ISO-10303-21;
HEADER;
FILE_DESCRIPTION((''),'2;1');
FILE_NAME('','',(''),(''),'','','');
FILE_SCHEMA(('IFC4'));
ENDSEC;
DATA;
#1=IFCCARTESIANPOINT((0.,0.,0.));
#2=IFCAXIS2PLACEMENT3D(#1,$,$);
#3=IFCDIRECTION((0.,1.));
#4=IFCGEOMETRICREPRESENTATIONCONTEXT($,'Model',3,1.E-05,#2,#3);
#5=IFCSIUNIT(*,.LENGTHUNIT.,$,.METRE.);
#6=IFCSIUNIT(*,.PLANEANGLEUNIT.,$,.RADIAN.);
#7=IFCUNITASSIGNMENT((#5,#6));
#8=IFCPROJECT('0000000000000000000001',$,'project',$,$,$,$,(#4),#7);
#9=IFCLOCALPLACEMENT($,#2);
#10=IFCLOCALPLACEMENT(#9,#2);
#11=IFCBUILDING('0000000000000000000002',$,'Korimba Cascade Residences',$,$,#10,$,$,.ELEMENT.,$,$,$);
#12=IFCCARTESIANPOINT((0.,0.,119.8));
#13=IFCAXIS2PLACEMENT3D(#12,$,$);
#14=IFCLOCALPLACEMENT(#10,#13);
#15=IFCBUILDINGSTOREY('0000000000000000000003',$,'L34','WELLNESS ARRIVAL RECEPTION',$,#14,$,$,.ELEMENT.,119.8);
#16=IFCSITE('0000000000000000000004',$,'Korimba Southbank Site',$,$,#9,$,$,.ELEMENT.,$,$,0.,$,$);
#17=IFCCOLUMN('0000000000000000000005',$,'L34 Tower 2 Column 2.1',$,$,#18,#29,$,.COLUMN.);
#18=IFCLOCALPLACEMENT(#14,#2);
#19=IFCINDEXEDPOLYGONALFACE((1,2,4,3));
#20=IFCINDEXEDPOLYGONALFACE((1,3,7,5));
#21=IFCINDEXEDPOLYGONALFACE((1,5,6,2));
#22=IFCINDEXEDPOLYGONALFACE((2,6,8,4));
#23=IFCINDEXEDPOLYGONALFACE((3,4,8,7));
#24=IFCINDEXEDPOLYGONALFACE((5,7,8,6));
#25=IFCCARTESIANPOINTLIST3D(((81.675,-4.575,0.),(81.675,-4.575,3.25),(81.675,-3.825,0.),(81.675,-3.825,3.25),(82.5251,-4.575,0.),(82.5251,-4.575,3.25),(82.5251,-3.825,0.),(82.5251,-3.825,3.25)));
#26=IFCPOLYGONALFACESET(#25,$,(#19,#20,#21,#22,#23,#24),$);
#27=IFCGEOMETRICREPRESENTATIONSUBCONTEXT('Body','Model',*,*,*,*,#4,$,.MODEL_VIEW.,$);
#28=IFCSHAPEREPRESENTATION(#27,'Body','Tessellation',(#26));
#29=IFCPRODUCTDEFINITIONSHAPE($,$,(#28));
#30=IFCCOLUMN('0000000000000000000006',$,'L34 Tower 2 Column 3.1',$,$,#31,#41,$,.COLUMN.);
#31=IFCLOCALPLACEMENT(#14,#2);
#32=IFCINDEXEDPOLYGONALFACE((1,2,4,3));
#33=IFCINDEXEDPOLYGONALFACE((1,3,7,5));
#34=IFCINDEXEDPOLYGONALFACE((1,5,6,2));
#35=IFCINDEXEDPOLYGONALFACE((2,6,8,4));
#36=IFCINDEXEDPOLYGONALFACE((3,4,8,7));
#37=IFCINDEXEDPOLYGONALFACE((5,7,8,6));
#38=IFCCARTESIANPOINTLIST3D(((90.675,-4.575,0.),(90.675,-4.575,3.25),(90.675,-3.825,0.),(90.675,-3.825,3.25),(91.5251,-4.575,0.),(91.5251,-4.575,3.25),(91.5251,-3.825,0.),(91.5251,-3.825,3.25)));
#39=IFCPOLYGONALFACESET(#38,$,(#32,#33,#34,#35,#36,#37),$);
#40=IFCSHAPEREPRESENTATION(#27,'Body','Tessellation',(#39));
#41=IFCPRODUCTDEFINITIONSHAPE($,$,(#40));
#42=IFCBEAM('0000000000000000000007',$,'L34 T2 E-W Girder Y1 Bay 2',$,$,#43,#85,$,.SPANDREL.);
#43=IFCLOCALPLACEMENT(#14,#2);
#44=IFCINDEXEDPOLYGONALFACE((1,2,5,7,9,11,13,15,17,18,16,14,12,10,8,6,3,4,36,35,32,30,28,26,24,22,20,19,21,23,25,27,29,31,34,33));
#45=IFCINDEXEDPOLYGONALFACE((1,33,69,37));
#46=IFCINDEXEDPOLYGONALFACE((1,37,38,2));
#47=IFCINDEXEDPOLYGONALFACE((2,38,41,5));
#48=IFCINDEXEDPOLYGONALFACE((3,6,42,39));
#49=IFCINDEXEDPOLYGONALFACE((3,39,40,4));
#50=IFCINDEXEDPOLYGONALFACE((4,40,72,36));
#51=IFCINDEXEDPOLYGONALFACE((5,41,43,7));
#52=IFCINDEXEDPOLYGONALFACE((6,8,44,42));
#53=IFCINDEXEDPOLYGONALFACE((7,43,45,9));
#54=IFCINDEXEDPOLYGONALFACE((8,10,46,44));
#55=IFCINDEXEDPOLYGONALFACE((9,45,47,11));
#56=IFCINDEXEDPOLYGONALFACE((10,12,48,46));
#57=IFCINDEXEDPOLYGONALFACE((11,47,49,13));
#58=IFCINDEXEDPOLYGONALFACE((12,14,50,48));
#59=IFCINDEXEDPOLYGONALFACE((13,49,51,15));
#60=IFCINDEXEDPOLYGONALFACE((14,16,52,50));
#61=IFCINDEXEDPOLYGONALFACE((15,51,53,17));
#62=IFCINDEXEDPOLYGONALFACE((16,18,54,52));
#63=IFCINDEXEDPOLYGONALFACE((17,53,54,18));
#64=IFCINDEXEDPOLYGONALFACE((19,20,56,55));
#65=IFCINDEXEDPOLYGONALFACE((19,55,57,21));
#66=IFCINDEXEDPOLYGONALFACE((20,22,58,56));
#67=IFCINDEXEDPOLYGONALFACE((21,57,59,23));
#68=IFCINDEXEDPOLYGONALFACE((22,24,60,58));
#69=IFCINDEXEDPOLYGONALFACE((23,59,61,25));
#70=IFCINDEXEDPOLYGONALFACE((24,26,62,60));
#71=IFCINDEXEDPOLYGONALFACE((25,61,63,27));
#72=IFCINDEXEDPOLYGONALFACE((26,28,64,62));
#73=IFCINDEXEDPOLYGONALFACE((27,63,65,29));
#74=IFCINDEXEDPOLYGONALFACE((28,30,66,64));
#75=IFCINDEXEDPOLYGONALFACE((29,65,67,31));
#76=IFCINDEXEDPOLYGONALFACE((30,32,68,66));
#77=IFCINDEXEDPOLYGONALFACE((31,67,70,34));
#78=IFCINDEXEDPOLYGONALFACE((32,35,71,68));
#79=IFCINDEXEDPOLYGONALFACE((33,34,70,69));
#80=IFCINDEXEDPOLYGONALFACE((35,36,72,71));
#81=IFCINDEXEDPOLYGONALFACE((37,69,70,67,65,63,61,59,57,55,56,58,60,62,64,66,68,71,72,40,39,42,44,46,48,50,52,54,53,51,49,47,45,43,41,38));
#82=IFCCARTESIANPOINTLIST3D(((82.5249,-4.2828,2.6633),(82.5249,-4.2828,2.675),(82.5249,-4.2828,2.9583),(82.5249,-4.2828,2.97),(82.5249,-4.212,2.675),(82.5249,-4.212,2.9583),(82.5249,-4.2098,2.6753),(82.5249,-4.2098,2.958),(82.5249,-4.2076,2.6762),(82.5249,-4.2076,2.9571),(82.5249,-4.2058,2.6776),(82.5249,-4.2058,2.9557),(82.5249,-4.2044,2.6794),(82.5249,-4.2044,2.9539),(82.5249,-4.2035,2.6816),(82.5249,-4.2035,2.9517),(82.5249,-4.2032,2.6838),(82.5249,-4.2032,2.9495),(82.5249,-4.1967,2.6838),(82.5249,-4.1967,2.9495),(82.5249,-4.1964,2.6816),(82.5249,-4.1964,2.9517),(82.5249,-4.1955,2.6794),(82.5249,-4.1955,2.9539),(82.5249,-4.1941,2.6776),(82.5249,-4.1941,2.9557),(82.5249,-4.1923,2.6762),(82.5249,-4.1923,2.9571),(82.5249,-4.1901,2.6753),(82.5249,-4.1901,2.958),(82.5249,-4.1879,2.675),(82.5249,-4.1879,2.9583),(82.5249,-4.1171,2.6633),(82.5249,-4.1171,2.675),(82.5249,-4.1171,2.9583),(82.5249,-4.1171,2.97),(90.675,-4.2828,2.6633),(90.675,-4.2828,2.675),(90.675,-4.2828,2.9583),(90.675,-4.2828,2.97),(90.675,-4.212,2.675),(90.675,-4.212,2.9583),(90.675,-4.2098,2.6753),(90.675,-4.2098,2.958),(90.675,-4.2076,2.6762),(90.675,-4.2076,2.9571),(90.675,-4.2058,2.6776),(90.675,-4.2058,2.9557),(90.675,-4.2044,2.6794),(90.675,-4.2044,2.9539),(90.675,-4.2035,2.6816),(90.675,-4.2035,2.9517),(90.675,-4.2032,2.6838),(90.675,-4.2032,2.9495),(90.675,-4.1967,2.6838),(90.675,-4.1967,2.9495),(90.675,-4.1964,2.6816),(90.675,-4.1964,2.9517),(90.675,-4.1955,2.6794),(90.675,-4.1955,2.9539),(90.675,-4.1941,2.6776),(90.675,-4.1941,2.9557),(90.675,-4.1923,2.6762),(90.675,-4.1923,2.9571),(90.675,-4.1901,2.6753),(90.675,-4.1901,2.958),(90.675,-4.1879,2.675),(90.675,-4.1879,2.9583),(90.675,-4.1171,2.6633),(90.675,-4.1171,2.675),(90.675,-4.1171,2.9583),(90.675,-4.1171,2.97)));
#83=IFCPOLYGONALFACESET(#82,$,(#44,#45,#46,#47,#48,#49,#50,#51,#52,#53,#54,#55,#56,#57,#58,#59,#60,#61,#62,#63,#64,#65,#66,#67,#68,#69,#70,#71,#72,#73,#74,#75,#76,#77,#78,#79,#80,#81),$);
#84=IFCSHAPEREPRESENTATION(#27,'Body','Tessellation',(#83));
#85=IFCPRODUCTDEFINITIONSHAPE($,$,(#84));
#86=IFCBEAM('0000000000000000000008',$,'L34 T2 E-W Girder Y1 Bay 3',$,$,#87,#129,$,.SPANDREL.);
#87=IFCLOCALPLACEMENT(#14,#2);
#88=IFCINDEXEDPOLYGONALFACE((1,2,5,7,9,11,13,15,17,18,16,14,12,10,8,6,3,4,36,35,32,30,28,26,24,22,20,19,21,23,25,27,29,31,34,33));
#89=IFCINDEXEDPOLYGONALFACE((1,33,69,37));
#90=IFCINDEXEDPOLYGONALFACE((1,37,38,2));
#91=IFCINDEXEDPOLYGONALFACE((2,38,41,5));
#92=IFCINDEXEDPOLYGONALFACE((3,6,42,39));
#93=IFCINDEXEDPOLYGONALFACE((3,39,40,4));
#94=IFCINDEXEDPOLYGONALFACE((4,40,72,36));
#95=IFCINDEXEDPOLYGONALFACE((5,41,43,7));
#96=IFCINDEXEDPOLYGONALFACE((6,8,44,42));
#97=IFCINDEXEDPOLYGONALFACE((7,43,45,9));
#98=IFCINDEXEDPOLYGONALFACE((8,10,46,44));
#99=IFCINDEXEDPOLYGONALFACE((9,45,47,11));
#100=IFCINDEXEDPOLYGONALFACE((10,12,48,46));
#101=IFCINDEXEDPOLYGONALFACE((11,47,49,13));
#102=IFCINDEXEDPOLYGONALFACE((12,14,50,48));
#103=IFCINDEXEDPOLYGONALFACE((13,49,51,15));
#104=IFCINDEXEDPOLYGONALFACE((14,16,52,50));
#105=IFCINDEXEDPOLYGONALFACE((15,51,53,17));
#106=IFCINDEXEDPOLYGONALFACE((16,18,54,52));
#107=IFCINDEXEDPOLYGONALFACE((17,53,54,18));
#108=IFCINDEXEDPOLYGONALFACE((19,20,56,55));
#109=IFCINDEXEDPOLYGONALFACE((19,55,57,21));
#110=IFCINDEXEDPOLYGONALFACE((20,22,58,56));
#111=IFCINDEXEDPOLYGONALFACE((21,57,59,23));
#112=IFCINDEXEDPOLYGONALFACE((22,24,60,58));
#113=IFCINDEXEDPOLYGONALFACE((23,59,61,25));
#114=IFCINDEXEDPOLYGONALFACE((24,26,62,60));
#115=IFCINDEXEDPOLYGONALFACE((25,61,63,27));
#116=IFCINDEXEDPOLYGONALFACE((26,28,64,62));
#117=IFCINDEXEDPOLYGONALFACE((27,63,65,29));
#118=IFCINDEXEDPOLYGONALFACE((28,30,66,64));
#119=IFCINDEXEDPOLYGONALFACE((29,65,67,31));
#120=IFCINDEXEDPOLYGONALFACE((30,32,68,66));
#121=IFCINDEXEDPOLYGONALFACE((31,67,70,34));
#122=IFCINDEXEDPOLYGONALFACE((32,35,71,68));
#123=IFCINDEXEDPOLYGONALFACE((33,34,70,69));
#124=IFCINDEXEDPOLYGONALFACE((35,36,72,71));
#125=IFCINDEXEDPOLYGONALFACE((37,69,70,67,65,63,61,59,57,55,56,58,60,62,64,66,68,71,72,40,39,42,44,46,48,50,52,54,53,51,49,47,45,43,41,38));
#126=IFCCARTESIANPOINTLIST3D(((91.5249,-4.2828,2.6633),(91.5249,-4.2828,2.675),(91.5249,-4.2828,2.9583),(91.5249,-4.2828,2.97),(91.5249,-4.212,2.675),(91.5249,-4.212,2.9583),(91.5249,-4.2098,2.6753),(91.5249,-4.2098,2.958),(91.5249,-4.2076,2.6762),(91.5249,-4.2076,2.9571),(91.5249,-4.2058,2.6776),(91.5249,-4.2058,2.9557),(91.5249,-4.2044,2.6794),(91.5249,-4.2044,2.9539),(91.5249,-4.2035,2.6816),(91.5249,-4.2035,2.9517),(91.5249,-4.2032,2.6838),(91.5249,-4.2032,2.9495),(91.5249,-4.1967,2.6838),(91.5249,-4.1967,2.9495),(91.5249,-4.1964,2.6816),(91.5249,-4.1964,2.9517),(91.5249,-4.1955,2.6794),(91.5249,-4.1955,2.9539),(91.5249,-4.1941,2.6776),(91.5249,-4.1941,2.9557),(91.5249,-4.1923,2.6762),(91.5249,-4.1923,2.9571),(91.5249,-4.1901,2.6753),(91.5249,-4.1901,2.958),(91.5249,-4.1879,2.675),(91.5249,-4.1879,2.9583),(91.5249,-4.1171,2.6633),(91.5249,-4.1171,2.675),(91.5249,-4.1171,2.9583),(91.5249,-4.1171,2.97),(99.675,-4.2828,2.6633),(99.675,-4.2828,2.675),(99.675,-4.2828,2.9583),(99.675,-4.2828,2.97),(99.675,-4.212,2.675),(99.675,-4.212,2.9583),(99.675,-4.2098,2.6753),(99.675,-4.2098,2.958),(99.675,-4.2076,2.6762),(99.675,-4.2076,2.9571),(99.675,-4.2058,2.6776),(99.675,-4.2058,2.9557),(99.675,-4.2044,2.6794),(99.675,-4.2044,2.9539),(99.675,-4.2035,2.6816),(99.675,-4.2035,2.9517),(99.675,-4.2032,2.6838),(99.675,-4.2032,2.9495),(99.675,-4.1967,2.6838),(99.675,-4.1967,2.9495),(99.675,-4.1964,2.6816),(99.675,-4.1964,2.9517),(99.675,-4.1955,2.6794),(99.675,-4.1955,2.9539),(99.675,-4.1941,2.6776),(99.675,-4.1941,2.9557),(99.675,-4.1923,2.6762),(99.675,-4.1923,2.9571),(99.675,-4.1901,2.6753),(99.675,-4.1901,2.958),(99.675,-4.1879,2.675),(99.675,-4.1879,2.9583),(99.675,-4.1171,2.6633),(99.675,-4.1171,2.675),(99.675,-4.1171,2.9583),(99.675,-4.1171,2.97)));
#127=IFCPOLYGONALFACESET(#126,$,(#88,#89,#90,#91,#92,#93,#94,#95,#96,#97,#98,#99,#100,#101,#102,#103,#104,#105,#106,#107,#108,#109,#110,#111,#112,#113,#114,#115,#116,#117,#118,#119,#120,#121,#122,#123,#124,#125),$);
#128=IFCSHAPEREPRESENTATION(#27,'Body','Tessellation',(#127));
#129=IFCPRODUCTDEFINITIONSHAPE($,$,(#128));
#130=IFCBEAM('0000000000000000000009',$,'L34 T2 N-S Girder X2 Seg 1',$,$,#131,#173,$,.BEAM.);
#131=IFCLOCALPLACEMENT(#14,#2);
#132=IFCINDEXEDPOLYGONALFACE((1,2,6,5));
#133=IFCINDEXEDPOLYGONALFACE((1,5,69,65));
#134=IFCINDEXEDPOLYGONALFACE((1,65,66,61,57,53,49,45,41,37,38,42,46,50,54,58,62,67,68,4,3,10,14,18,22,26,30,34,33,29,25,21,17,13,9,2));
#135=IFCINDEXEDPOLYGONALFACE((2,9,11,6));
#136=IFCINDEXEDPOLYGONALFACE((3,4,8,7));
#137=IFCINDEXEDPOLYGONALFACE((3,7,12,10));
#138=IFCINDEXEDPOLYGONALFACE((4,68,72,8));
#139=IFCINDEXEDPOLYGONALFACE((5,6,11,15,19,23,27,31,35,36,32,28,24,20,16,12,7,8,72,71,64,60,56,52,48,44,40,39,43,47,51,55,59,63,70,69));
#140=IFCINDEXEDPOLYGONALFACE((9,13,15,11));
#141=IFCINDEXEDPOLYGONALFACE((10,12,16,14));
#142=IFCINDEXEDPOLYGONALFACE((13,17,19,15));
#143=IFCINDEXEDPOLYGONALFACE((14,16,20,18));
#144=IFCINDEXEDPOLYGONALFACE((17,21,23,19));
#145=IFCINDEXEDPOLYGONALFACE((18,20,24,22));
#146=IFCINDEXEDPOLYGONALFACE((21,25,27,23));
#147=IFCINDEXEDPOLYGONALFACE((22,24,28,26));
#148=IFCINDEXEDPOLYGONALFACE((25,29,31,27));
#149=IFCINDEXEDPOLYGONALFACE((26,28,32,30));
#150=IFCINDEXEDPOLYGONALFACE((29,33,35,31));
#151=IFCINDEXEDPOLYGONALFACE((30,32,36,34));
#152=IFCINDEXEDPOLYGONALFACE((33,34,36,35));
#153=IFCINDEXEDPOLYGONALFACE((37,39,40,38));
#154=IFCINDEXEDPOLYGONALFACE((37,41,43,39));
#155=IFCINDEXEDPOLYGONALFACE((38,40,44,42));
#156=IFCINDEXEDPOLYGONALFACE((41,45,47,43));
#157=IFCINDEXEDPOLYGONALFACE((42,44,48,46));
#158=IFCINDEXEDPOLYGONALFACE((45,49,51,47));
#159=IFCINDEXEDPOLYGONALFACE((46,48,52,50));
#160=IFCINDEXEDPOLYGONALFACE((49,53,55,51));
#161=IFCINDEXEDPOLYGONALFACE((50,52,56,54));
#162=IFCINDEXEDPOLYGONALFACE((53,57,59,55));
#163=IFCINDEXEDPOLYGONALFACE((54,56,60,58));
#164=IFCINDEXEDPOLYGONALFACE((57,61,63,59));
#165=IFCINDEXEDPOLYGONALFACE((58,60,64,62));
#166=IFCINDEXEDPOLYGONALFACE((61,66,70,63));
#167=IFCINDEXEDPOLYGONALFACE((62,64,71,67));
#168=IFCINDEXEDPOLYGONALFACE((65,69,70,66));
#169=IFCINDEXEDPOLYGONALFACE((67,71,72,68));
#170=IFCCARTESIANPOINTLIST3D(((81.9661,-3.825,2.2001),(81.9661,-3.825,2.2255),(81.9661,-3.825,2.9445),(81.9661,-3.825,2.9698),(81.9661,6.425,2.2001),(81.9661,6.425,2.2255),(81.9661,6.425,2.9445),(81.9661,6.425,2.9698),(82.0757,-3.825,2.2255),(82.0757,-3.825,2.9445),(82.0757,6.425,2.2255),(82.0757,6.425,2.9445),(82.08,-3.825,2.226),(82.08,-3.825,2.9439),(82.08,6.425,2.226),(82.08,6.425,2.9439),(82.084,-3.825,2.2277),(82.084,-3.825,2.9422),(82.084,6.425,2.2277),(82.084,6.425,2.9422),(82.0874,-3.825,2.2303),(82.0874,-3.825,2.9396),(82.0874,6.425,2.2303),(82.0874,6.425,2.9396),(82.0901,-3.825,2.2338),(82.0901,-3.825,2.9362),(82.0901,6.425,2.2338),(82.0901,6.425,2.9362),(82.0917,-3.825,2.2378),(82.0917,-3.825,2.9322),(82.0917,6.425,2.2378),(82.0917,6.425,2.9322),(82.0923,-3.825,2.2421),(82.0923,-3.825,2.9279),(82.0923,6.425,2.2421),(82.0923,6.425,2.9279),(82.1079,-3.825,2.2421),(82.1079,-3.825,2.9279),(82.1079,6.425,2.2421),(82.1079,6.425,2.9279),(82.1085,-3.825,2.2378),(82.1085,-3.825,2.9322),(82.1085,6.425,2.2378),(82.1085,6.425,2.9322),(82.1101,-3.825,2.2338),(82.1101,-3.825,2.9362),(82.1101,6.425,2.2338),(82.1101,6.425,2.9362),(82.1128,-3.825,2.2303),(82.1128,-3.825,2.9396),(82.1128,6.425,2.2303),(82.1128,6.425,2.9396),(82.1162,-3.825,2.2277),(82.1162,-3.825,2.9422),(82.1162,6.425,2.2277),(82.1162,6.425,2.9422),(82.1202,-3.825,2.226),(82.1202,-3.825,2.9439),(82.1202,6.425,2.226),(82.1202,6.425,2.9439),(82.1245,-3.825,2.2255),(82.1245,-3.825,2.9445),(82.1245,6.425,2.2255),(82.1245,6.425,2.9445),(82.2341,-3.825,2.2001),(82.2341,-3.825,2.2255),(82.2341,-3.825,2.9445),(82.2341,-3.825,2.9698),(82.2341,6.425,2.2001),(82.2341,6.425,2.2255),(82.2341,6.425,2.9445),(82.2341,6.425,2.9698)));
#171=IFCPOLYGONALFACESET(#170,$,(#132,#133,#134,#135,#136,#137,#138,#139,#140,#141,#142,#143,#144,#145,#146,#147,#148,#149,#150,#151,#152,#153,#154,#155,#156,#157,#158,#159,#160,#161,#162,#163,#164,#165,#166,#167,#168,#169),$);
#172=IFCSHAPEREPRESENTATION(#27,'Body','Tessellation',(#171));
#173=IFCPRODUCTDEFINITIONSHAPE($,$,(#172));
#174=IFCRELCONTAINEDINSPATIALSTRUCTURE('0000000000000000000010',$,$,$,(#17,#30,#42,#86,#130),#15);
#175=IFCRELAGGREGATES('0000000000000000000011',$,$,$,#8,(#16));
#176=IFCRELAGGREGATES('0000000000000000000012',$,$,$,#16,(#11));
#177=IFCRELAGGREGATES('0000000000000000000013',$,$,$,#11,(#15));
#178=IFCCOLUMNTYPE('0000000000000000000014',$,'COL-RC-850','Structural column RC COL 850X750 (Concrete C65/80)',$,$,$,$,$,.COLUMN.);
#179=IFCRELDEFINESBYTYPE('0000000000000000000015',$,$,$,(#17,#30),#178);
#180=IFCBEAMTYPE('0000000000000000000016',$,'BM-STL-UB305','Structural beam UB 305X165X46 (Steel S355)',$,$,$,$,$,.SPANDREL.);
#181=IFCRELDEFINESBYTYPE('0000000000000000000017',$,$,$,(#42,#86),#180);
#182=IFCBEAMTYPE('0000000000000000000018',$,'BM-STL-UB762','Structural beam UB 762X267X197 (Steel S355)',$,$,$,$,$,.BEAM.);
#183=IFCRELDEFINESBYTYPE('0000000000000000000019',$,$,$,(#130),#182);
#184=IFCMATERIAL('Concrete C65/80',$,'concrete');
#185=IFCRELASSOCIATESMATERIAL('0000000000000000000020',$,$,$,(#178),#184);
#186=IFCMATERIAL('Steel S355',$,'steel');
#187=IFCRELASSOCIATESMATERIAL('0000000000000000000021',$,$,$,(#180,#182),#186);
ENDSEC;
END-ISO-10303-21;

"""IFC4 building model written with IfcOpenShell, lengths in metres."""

from ifc_helpers import new_model, si_unit, direction, frame, origin, origin_2d, place, context, subcontext, project, spatial, rectangle, i_section, extrude, material, material_profile, profile_set, type_object, element, save


model = new_model("IFC4")

# Units and contexts
model_context = context("Model", 3, precision=1e-05, world=origin(), true_north=direction((0.0, 1.0)))
body_context = subcontext(model_context, "Body", "Model", "MODEL_VIEW")
ifc_project = project(units=[si_unit("LENGTHUNIT", "METRE"), si_unit("PLANEANGLEUNIT", "RADIAN")], contexts=[model_context])

# Site, building, storey
site_placement = place(None, origin())
site = spatial("IfcSite", under=ifc_project, at=site_placement, Name="Korimba Southbank Site", CompositionType="ELEMENT", RefElevation=0.0)
building_placement = place(site_placement, origin())
building = spatial("IfcBuilding", under=site, at=building_placement, Name="Korimba Cascade Residences", CompositionType="ELEMENT")
storey_placement = place(building_placement, frame((0.0, 0.0, 119.8)))
storey = spatial("IfcBuildingStorey", under=building, at=storey_placement, Name="L34", Description="WELLNESS ARRIVAL RECEPTION", CompositionType="ELEMENT", Elevation=119.8)

# Columns
ifc_material_1 = material(Name="Concrete C65/80", Category="concrete")
ifc_material_profile_1 = material_profile(ifc_material_1, rectangle(XDim=0.8501, YDim=0.75, at=origin_2d()), Name="Concrete C65/80")
ifc_profile_set_1 = profile_set([ifc_material_profile_1], Name="Concrete C65/80")
column_type = type_object("IfcColumnType", Name="COL-RC-850", Description="Structural column RC COL 850X750 (Concrete C65/80)", PredefinedType="COLUMN", material=ifc_profile_set_1)
for number, where, z_axis, x_axis, name in (
    (1, (82.1001, -4.2, 0.0), (0.0, 0.0, 1.0), (1.0, 0.0, 0.0), "L34 Tower 2 Column 2.1"),
    (2, (91.1001, -4.2, 0.0), (0.0, 0.0, 1.0), (1.0, 0.0, 0.0), "L34 Tower 2 Column 3.1"),
):
    element("IfcColumn", number, at=place(storey_placement, frame(where, z_axis=z_axis, x_axis=x_axis)), inside=storey, type_object=column_type, Name=name, PredefinedType="COLUMN", context=body_context, shape_type="SweptSolid", body=[
        extrude(rectangle(XDim=0.8501, YDim=0.75, at=origin_2d()), origin(), (0.0, 0.0, 1.0), 3.25),
    ])

# Beams
ifc_material_2 = material(Name="Steel S355", Category="steel")
ifc_material_profile_2 = material_profile(ifc_material_2, i_section(OverallWidth=0.1658, OverallDepth=0.3066, WebThickness=0.0066, FlangeThickness=0.0117, FilletRadius=0.0088, at=origin_2d()), Name="Steel S355")
ifc_profile_set_2 = profile_set([ifc_material_profile_2], Name="Steel S355")
beam_type_1 = type_object("IfcBeamType", Name="BM-STL-UB305", Description="Structural beam UB 305X165X46 (Steel S355)", PredefinedType="SPANDREL", material=ifc_profile_set_2)
for number, where, z_axis, x_axis, name in (
    (3, (82.5249, -4.2, 2.8167), (1.0, 0.0, 0.0), (0.0, 1.0, 0.0), "L34 T2 E-W Girder Y1 Bay 2"),
    (4, (91.5249, -4.2, 2.8167), (1.0, 0.0, 0.0), (0.0, 1.0, 0.0), "L34 T2 E-W Girder Y1 Bay 3"),
):
    element("IfcBeam", number, at=place(storey_placement, frame(where, z_axis=z_axis, x_axis=x_axis)), inside=storey, type_object=beam_type_1, Name=name, PredefinedType="SPANDREL", context=body_context, shape_type="SweptSolid", body=[
        extrude(i_section(OverallWidth=0.1658, OverallDepth=0.3066, WebThickness=0.0066, FlangeThickness=0.0117, FilletRadius=0.0088, at=origin_2d()), origin(), (0.0, 0.0, 1.0), 8.1501),
    ])
ifc_material_profile_3 = material_profile(ifc_material_2, i_section(OverallWidth=0.2681, OverallDepth=0.7698, WebThickness=0.0156, FlangeThickness=0.0254, FilletRadius=0.0166, at=origin_2d()), Name="Steel S355")
ifc_profile_set_3 = profile_set([ifc_material_profile_3], Name="Steel S355")
beam_type_2 = type_object("IfcBeamType", Name="BM-STL-UB762", Description="Structural beam UB 762X267X197 (Steel S355)", PredefinedType="BEAM", material=ifc_profile_set_3)
for number, where, z_axis, x_axis, name in (
    (5, (82.1001, -3.825, 2.585), (0.0, 1.0, 0.0), (-1.0, 0.0, 0.0), "L34 T2 N-S Girder X2 Seg 1"),
):
    element("IfcBeam", number, at=place(storey_placement, frame(where, z_axis=z_axis, x_axis=x_axis)), inside=storey, type_object=beam_type_2, Name=name, PredefinedType="BEAM", context=body_context, shape_type="SweptSolid", body=[
        extrude(i_section(OverallWidth=0.2681, OverallDepth=0.7698, WebThickness=0.0156, FlangeThickness=0.0254, FilletRadius=0.0166, at=origin_2d()), origin(), (0.0, 0.0, 1.0), 10.25),
    ])

save(model, "model.ifc")
